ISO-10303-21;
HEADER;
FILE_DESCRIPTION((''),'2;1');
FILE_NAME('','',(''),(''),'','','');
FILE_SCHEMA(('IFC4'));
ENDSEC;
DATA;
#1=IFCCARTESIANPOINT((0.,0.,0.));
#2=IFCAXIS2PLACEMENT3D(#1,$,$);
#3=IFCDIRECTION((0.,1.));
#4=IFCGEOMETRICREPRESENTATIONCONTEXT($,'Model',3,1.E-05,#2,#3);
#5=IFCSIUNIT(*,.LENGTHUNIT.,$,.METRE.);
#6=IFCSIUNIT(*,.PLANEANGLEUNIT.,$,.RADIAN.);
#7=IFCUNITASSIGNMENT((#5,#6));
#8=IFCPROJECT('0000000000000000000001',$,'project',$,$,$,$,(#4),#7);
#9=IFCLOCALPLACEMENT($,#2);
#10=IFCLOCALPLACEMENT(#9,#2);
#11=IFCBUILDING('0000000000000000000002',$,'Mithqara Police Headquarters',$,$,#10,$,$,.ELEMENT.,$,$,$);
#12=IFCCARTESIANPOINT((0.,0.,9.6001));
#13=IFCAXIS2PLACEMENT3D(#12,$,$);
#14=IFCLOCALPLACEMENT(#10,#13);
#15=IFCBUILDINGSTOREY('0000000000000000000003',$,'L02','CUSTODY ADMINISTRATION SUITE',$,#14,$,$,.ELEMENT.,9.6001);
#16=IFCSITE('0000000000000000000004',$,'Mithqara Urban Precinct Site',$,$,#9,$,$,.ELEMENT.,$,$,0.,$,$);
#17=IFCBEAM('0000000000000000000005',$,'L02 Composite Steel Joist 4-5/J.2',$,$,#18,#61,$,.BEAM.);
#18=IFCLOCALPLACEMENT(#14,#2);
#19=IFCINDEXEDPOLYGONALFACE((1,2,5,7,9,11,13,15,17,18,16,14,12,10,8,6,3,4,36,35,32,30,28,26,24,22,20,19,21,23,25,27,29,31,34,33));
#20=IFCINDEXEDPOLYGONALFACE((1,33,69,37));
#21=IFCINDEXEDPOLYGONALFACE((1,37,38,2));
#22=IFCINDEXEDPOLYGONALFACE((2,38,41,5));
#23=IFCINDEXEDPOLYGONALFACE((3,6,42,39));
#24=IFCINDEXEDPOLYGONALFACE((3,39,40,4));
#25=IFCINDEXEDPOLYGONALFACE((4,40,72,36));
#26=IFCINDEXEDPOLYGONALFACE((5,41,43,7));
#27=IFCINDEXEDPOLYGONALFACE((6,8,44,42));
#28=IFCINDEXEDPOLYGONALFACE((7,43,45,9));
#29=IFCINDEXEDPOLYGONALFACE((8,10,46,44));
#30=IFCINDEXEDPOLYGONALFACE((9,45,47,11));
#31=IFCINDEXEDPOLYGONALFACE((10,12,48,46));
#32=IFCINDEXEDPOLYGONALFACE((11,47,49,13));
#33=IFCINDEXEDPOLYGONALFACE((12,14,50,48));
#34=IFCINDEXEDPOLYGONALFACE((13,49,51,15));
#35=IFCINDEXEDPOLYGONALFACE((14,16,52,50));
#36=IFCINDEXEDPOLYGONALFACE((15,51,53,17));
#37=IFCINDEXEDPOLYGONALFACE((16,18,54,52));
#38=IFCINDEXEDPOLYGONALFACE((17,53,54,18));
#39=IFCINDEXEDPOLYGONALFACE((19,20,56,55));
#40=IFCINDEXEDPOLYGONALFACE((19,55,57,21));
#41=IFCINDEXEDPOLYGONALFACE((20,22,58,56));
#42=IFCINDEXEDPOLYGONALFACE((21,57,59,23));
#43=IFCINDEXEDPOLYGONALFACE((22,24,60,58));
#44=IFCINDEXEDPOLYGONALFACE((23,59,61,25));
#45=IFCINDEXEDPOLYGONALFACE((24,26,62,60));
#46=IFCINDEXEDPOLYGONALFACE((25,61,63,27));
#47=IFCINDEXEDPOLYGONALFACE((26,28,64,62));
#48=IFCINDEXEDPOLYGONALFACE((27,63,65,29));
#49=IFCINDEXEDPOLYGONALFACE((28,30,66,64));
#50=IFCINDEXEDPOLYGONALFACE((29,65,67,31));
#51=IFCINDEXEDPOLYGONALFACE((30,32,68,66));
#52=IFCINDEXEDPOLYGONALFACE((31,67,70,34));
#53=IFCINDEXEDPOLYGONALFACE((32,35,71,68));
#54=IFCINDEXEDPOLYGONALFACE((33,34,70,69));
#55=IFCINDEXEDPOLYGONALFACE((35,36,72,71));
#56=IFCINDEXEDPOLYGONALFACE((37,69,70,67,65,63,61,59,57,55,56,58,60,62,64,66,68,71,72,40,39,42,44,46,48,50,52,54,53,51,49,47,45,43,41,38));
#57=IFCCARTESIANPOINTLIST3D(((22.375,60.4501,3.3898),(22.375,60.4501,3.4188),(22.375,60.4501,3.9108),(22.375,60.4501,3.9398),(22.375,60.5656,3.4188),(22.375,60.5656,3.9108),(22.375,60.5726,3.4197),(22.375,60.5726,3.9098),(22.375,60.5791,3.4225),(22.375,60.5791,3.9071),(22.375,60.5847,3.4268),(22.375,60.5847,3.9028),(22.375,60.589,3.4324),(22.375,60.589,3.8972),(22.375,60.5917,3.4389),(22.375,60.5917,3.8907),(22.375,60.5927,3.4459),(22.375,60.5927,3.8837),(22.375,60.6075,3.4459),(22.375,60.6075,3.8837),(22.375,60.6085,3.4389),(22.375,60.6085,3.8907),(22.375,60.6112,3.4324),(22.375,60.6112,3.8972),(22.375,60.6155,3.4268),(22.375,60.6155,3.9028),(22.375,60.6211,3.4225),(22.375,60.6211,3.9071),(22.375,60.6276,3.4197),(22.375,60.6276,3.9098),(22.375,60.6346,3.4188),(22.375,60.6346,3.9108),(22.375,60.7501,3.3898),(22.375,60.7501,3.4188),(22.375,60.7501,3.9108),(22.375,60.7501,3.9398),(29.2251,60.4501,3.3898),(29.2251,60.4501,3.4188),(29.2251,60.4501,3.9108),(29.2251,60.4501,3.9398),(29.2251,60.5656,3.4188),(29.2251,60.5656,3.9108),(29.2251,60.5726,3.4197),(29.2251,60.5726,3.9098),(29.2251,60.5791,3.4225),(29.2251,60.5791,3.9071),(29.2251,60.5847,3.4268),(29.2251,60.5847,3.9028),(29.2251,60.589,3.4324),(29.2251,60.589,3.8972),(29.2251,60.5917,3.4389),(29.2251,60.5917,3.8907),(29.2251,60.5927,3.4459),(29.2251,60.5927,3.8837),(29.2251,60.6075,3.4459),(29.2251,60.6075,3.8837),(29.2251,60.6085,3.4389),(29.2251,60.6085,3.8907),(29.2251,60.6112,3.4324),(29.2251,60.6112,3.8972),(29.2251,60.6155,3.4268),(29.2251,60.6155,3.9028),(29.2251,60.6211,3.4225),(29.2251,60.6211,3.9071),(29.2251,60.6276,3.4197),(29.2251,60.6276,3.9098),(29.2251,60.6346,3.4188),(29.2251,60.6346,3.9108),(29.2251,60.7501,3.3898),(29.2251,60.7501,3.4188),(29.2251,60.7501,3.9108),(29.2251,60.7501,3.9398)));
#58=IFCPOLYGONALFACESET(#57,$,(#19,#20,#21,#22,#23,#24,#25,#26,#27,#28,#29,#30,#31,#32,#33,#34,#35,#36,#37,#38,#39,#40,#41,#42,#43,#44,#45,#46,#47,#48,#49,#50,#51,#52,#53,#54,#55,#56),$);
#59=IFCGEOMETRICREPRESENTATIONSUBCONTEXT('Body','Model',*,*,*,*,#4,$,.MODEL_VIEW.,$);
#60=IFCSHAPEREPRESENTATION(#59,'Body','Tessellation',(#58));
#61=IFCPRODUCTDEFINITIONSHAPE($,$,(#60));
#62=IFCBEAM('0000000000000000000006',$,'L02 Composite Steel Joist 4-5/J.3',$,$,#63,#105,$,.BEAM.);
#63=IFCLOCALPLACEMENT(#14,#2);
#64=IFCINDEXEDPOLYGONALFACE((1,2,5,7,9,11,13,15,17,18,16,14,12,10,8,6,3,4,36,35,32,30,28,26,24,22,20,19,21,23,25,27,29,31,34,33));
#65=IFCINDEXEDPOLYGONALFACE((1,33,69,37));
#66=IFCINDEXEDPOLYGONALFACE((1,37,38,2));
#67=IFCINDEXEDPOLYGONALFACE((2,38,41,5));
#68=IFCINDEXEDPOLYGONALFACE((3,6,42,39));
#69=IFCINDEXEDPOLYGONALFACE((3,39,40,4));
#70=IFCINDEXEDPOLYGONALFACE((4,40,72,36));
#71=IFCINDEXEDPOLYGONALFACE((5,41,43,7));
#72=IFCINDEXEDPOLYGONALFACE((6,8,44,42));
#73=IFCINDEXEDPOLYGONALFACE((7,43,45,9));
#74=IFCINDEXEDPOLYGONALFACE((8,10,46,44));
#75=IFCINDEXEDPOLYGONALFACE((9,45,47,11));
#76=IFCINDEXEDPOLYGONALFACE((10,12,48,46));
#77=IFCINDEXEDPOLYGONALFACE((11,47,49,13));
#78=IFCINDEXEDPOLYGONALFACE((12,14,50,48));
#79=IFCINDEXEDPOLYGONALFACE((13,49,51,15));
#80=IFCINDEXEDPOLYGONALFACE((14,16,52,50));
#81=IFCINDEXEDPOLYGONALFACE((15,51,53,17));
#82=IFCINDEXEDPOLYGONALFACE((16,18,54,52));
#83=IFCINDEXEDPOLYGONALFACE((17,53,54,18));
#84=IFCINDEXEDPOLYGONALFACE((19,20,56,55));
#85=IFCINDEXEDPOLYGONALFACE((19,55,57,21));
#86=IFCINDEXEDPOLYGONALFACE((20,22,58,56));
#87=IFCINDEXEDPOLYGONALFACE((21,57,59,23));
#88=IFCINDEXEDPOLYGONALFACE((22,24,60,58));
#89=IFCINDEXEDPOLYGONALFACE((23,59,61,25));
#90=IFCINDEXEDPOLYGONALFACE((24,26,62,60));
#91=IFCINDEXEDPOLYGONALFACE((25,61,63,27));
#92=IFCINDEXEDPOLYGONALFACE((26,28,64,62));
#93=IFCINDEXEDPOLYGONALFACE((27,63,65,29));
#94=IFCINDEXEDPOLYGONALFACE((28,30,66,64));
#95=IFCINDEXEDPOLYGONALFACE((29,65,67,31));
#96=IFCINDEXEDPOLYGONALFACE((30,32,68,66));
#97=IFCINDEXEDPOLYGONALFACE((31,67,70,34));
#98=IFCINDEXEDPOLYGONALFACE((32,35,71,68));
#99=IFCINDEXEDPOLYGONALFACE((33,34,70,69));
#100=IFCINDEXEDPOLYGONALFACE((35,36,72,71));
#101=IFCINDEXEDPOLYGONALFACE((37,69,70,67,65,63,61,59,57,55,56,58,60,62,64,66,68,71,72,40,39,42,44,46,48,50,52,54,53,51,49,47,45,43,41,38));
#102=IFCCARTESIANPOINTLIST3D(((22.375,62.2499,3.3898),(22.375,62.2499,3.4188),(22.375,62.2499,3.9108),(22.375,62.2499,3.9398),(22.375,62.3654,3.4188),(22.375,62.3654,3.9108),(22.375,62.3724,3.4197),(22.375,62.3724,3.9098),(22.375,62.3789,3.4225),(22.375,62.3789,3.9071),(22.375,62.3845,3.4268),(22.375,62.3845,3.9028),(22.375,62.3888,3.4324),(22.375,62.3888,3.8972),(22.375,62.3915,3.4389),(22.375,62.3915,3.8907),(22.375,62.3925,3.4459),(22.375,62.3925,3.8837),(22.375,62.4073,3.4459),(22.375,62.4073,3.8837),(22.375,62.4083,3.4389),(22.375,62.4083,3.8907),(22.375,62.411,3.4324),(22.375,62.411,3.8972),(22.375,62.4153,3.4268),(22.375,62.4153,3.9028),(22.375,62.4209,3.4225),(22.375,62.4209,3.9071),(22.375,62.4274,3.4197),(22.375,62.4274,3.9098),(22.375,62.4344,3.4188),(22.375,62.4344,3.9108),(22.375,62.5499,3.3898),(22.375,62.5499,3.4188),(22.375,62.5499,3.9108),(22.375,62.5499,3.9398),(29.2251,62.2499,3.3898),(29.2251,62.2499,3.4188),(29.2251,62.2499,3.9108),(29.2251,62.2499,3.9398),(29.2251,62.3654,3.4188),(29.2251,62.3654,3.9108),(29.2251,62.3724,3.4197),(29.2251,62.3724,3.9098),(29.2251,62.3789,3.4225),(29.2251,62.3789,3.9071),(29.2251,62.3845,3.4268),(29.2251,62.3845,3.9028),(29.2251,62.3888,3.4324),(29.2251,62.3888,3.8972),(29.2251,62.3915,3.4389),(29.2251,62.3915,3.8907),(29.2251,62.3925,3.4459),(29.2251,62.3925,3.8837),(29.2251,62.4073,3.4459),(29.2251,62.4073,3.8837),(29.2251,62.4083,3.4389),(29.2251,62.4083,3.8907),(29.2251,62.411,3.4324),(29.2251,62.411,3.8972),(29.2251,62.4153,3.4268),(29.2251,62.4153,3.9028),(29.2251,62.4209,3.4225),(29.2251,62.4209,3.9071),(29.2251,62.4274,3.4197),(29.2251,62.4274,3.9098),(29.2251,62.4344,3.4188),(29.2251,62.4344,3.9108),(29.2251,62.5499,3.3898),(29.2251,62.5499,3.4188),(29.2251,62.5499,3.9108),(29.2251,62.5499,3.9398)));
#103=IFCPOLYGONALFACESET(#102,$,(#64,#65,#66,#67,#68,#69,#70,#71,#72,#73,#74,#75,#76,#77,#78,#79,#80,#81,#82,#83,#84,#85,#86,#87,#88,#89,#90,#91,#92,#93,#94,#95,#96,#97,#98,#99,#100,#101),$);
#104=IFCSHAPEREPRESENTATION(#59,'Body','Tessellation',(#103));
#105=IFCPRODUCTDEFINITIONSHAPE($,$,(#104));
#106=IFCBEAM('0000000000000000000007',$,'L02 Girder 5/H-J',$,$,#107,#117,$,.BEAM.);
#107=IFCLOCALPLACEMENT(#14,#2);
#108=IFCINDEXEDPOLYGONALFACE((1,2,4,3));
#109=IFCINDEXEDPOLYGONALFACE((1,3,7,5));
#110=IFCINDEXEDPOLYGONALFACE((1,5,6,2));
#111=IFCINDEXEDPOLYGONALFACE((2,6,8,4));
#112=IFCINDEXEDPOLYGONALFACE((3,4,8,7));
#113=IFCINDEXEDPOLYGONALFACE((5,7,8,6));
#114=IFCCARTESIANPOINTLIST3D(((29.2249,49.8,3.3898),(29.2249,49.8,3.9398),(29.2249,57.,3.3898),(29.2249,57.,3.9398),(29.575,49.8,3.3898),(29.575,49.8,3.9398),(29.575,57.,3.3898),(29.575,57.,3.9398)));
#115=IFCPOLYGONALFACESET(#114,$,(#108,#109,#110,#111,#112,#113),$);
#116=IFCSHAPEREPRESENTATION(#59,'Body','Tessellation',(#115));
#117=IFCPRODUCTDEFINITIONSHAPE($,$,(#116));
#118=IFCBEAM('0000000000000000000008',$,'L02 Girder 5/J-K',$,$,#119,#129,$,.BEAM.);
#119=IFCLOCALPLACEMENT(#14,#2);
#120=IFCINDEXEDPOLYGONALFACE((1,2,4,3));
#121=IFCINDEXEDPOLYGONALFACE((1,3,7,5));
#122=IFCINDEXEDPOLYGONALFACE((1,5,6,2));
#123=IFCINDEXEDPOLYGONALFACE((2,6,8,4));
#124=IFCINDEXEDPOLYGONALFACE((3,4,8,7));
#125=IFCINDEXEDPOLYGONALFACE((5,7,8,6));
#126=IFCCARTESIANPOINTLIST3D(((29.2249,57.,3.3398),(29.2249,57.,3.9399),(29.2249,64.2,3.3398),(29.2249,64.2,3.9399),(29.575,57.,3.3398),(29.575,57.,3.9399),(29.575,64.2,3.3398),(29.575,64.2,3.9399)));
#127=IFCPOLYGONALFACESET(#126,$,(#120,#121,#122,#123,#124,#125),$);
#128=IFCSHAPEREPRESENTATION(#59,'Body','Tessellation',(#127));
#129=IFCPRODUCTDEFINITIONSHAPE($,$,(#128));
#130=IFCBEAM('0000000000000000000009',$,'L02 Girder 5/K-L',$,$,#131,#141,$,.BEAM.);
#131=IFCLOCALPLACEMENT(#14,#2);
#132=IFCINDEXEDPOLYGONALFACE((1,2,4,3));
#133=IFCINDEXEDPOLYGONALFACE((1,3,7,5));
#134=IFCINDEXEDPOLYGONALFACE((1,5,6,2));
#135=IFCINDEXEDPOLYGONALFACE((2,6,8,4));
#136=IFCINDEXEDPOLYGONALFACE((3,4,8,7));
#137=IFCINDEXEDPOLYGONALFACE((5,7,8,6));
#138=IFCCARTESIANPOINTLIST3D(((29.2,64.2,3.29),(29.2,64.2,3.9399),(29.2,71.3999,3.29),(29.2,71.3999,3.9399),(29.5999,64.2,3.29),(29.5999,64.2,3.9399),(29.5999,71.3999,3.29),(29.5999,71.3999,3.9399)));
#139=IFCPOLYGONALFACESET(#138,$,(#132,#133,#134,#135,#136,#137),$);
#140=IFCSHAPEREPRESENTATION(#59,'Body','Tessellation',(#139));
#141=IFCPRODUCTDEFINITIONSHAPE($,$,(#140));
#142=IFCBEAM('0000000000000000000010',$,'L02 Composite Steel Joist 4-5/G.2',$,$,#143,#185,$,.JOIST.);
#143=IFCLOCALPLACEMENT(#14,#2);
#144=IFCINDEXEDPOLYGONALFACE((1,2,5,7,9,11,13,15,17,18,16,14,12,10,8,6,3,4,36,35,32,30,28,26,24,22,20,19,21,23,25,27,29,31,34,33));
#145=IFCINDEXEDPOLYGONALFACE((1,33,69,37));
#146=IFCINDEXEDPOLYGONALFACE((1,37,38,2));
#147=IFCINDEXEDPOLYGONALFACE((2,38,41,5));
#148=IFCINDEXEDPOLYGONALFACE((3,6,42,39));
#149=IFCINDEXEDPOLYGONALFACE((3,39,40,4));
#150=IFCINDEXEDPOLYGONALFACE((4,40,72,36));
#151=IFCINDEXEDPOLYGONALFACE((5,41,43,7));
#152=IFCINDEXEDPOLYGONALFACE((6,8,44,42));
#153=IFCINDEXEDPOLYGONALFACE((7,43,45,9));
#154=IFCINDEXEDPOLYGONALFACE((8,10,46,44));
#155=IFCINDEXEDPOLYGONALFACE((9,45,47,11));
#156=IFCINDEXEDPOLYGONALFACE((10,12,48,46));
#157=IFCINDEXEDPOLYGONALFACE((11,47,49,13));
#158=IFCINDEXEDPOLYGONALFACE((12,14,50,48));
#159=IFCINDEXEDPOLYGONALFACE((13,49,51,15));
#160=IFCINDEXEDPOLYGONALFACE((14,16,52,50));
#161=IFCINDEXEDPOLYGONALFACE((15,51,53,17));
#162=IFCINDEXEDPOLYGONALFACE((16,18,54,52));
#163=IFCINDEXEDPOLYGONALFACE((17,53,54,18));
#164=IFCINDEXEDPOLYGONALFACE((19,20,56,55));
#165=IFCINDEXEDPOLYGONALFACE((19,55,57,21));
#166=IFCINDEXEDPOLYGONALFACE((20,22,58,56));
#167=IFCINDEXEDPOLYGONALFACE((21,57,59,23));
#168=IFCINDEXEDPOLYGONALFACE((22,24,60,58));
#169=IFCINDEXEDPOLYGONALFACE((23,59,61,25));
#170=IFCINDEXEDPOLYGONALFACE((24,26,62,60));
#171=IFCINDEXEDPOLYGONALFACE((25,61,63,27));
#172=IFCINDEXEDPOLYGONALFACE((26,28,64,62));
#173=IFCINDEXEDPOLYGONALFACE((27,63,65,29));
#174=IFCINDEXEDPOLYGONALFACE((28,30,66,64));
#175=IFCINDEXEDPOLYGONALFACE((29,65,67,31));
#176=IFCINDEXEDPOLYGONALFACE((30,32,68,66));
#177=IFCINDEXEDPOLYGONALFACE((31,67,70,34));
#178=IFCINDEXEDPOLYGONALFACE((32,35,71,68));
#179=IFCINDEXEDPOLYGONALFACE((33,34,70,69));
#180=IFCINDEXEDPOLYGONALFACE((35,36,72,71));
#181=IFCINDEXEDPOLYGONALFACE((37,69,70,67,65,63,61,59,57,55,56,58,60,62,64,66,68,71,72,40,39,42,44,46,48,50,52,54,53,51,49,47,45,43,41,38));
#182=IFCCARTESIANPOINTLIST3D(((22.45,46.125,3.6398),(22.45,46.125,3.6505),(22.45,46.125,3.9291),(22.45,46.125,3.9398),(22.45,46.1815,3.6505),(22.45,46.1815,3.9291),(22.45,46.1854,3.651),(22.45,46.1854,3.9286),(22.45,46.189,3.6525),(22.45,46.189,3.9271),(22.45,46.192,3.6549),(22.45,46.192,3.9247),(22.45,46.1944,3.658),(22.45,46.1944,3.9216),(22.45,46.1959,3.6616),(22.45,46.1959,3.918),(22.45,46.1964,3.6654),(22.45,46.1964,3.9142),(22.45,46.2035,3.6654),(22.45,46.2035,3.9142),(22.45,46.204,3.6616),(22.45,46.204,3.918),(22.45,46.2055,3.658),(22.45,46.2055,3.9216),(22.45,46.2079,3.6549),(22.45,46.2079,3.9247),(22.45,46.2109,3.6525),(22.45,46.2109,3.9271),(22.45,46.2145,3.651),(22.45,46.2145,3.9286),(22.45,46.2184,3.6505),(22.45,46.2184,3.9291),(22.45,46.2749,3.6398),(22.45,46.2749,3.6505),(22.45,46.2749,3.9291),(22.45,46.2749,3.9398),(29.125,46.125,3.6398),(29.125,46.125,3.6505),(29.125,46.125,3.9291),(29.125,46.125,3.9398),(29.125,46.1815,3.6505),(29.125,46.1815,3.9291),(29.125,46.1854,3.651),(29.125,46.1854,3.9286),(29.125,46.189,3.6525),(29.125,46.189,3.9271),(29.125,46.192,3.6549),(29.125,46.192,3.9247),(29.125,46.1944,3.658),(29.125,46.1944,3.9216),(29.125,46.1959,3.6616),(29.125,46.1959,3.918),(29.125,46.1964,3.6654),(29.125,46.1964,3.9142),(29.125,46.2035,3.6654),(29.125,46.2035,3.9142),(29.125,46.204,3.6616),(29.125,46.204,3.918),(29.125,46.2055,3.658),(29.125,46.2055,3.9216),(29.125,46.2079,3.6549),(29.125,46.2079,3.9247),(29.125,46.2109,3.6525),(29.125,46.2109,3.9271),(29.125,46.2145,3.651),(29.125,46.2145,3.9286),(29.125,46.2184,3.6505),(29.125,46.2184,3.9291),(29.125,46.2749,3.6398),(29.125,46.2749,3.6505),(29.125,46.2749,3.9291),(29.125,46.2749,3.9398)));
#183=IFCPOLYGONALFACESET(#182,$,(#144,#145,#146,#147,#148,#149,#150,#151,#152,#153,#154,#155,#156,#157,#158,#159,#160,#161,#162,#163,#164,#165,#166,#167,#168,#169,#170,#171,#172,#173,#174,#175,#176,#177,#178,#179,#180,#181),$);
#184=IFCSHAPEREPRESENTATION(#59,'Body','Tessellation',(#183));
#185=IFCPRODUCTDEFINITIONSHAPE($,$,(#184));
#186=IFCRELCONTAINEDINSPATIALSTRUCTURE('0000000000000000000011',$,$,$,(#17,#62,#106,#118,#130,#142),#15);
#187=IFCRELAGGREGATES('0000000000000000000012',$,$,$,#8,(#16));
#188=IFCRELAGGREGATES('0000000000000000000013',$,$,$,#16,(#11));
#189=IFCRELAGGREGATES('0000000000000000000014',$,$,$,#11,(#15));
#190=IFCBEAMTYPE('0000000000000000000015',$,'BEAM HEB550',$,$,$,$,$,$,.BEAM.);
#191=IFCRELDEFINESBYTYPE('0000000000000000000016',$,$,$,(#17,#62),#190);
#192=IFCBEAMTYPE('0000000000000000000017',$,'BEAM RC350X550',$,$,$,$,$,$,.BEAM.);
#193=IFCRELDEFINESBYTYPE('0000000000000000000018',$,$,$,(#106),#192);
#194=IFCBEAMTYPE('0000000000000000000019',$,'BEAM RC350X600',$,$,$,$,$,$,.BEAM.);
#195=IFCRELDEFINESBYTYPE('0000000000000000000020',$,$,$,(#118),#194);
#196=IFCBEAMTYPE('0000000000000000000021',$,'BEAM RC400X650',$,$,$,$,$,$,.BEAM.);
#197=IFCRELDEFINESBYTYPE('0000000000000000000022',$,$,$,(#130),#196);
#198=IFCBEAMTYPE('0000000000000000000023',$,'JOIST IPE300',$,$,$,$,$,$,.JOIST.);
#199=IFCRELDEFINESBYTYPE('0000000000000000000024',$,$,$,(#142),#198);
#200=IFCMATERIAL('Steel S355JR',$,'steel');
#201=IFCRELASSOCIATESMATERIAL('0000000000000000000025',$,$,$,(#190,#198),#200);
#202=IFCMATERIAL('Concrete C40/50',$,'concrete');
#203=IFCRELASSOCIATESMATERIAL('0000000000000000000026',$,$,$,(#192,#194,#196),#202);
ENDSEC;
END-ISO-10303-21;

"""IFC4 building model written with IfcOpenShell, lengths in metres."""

from ifc_helpers import new_model, si_unit, direction, frame, origin, origin_2d, place, context, subcontext, project, spatial, rectangle, i_section, extrude, material, material_profile, profile_set, type_object, element, save


model = new_model("IFC4")

# Units and contexts
model_context = context("Model", 3, precision=1e-05, world=origin(), true_north=direction((0.0, 1.0)))
body_context = subcontext(model_context, "Body", "Model", "MODEL_VIEW")
ifc_project = project(units=[si_unit("LENGTHUNIT", "METRE"), si_unit("PLANEANGLEUNIT", "RADIAN")], contexts=[model_context])

# Site, building, storey
site_placement = place(None, origin())
site = spatial("IfcSite", under=ifc_project, at=site_placement, Name="Mithqara Urban Precinct Site", CompositionType="ELEMENT", RefElevation=0.0)
building_placement = place(site_placement, origin())
building = spatial("IfcBuilding", under=site, at=building_placement, Name="Mithqara Police Headquarters", CompositionType="ELEMENT")
storey_placement = place(building_placement, frame((0.0, 0.0, 9.6001)))
storey = spatial("IfcBuildingStorey", under=building, at=storey_placement, Name="L02", Description="CUSTODY ADMINISTRATION SUITE", CompositionType="ELEMENT", Elevation=9.6001)

# Beams
ifc_material_1 = material(Name="Steel S355JR", Category="steel")
ifc_material_profile_1 = material_profile(ifc_material_1, i_section(OverallWidth=0.3, OverallDepth=0.55, WebThickness=0.0149, FlangeThickness=0.0291, FilletRadius=0.0271, at=origin_2d()), Name="HEB 550")
ifc_profile_set_1 = profile_set([ifc_material_profile_1], Name="Steel S355JR")
beam_type_1 = type_object("IfcBeamType", Name="BEAM HEB550", PredefinedType="BEAM", material=ifc_profile_set_1)
for number, where, z_axis, x_axis, name in (
    (1, (22.375, 60.6001, 3.6648), (1.0, 0.0, 0.0), (0.0, 1.0, 0.0), "L02 Composite Steel Joist 4-5/J.2"),
    (2, (22.375, 62.3999, 3.6648), (1.0, 0.0, 0.0), (0.0, 1.0, 0.0), "L02 Composite Steel Joist 4-5/J.3"),
):
    element("IfcBeam", number, at=place(storey_placement, frame(where, z_axis=z_axis, x_axis=x_axis)), inside=storey, type_object=beam_type_1, Name=name, PredefinedType="BEAM", context=body_context, shape_type="SweptSolid", body=[
        extrude(i_section(OverallWidth=0.3, OverallDepth=0.55, WebThickness=0.0149, FlangeThickness=0.0291, FilletRadius=0.0271, at=origin_2d()), origin(), (0.0, 0.0, 1.0), 6.8501),
    ])
ifc_material_2 = material(Name="Concrete C40/50", Category="concrete")
ifc_material_profile_2 = material_profile(ifc_material_2, rectangle(XDim=0.3501, YDim=0.55, at=origin_2d()), Name="RC 350x550")
ifc_profile_set_2 = profile_set([ifc_material_profile_2], Name="Concrete C40/50")
beam_type_2 = type_object("IfcBeamType", Name="BEAM RC350X550", PredefinedType="BEAM", material=ifc_profile_set_2)
beam_1_placement = place(storey_placement, frame((29.3999, 49.8, 3.6648), z_axis=(0.0, 1.0, 0.0), x_axis=(-1.0, 0.0, 0.0)))
element("IfcBeam", 3, at=beam_1_placement, inside=storey, type_object=beam_type_2, Name="L02 Girder 5/H-J", PredefinedType="BEAM", context=body_context, shape_type="SweptSolid", body=[
    extrude(rectangle(XDim=0.3501, YDim=0.55, at=origin_2d()), origin(), (0.0, 0.0, 1.0), 7.2),
])
ifc_material_profile_3 = material_profile(ifc_material_2, rectangle(XDim=0.3501, YDim=0.6001, at=origin_2d()), Name="RC 350x600")
ifc_profile_set_3 = profile_set([ifc_material_profile_3], Name="Concrete C40/50")
beam_type_3 = type_object("IfcBeamType", Name="BEAM RC350X600", PredefinedType="BEAM", material=ifc_profile_set_3)
beam_2_placement = place(storey_placement, frame((29.3999, 57.0, 3.6399), z_axis=(0.0, 1.0, 0.0), x_axis=(-1.0, 0.0, 0.0)))
element("IfcBeam", 4, at=beam_2_placement, inside=storey, type_object=beam_type_3, Name="L02 Girder 5/J-K", PredefinedType="BEAM", context=body_context, shape_type="SweptSolid", body=[
    extrude(rectangle(XDim=0.3501, YDim=0.6001, at=origin_2d()), origin(), (0.0, 0.0, 1.0), 7.2),
])
ifc_material_profile_4 = material_profile(ifc_material_2, rectangle(XDim=0.3999, YDim=0.6499, at=origin_2d()), Name="RC 400x650")
ifc_profile_set_4 = profile_set([ifc_material_profile_4], Name="Concrete C40/50")
beam_type_4 = type_object("IfcBeamType", Name="BEAM RC400X650", PredefinedType="BEAM", material=ifc_profile_set_4)
beam_3_placement = place(storey_placement, frame((29.3999, 64.2, 3.615), z_axis=(0.0, 1.0, 0.0), x_axis=(-1.0, 0.0, 0.0)))
element("IfcBeam", 5, at=beam_3_placement, inside=storey, type_object=beam_type_4, Name="L02 Girder 5/K-L", PredefinedType="BEAM", context=body_context, shape_type="SweptSolid", body=[
    extrude(rectangle(XDim=0.3999, YDim=0.6499, at=origin_2d()), origin(), (0.0, 0.0, 1.0), 7.2),
])
ifc_material_profile_5 = material_profile(ifc_material_1, i_section(OverallWidth=0.1499, OverallDepth=0.3, WebThickness=0.0071, FlangeThickness=0.0107, FilletRadius=0.0149, at=origin_2d()), Name="IPE 300")
ifc_profile_set_5 = profile_set([ifc_material_profile_5], Name="Steel S355JR")
beam_type_5 = type_object("IfcBeamType", Name="JOIST IPE300", PredefinedType="JOIST", material=ifc_profile_set_5)
beam_4_placement = place(storey_placement, frame((22.45, 46.2, 3.7898), z_axis=(1.0, 0.0, 0.0), x_axis=(0.0, 1.0, 0.0)))
element("IfcBeam", 6, at=beam_4_placement, inside=storey, type_object=beam_type_5, Name="L02 Composite Steel Joist 4-5/G.2", PredefinedType="JOIST", context=body_context, shape_type="SweptSolid", body=[
    extrude(i_section(OverallWidth=0.1499, OverallDepth=0.3, WebThickness=0.0071, FlangeThickness=0.0107, FilletRadius=0.0149, at=origin_2d()), origin(), (0.0, 0.0, 1.0), 6.675),
])

save(model, "model.ifc")
